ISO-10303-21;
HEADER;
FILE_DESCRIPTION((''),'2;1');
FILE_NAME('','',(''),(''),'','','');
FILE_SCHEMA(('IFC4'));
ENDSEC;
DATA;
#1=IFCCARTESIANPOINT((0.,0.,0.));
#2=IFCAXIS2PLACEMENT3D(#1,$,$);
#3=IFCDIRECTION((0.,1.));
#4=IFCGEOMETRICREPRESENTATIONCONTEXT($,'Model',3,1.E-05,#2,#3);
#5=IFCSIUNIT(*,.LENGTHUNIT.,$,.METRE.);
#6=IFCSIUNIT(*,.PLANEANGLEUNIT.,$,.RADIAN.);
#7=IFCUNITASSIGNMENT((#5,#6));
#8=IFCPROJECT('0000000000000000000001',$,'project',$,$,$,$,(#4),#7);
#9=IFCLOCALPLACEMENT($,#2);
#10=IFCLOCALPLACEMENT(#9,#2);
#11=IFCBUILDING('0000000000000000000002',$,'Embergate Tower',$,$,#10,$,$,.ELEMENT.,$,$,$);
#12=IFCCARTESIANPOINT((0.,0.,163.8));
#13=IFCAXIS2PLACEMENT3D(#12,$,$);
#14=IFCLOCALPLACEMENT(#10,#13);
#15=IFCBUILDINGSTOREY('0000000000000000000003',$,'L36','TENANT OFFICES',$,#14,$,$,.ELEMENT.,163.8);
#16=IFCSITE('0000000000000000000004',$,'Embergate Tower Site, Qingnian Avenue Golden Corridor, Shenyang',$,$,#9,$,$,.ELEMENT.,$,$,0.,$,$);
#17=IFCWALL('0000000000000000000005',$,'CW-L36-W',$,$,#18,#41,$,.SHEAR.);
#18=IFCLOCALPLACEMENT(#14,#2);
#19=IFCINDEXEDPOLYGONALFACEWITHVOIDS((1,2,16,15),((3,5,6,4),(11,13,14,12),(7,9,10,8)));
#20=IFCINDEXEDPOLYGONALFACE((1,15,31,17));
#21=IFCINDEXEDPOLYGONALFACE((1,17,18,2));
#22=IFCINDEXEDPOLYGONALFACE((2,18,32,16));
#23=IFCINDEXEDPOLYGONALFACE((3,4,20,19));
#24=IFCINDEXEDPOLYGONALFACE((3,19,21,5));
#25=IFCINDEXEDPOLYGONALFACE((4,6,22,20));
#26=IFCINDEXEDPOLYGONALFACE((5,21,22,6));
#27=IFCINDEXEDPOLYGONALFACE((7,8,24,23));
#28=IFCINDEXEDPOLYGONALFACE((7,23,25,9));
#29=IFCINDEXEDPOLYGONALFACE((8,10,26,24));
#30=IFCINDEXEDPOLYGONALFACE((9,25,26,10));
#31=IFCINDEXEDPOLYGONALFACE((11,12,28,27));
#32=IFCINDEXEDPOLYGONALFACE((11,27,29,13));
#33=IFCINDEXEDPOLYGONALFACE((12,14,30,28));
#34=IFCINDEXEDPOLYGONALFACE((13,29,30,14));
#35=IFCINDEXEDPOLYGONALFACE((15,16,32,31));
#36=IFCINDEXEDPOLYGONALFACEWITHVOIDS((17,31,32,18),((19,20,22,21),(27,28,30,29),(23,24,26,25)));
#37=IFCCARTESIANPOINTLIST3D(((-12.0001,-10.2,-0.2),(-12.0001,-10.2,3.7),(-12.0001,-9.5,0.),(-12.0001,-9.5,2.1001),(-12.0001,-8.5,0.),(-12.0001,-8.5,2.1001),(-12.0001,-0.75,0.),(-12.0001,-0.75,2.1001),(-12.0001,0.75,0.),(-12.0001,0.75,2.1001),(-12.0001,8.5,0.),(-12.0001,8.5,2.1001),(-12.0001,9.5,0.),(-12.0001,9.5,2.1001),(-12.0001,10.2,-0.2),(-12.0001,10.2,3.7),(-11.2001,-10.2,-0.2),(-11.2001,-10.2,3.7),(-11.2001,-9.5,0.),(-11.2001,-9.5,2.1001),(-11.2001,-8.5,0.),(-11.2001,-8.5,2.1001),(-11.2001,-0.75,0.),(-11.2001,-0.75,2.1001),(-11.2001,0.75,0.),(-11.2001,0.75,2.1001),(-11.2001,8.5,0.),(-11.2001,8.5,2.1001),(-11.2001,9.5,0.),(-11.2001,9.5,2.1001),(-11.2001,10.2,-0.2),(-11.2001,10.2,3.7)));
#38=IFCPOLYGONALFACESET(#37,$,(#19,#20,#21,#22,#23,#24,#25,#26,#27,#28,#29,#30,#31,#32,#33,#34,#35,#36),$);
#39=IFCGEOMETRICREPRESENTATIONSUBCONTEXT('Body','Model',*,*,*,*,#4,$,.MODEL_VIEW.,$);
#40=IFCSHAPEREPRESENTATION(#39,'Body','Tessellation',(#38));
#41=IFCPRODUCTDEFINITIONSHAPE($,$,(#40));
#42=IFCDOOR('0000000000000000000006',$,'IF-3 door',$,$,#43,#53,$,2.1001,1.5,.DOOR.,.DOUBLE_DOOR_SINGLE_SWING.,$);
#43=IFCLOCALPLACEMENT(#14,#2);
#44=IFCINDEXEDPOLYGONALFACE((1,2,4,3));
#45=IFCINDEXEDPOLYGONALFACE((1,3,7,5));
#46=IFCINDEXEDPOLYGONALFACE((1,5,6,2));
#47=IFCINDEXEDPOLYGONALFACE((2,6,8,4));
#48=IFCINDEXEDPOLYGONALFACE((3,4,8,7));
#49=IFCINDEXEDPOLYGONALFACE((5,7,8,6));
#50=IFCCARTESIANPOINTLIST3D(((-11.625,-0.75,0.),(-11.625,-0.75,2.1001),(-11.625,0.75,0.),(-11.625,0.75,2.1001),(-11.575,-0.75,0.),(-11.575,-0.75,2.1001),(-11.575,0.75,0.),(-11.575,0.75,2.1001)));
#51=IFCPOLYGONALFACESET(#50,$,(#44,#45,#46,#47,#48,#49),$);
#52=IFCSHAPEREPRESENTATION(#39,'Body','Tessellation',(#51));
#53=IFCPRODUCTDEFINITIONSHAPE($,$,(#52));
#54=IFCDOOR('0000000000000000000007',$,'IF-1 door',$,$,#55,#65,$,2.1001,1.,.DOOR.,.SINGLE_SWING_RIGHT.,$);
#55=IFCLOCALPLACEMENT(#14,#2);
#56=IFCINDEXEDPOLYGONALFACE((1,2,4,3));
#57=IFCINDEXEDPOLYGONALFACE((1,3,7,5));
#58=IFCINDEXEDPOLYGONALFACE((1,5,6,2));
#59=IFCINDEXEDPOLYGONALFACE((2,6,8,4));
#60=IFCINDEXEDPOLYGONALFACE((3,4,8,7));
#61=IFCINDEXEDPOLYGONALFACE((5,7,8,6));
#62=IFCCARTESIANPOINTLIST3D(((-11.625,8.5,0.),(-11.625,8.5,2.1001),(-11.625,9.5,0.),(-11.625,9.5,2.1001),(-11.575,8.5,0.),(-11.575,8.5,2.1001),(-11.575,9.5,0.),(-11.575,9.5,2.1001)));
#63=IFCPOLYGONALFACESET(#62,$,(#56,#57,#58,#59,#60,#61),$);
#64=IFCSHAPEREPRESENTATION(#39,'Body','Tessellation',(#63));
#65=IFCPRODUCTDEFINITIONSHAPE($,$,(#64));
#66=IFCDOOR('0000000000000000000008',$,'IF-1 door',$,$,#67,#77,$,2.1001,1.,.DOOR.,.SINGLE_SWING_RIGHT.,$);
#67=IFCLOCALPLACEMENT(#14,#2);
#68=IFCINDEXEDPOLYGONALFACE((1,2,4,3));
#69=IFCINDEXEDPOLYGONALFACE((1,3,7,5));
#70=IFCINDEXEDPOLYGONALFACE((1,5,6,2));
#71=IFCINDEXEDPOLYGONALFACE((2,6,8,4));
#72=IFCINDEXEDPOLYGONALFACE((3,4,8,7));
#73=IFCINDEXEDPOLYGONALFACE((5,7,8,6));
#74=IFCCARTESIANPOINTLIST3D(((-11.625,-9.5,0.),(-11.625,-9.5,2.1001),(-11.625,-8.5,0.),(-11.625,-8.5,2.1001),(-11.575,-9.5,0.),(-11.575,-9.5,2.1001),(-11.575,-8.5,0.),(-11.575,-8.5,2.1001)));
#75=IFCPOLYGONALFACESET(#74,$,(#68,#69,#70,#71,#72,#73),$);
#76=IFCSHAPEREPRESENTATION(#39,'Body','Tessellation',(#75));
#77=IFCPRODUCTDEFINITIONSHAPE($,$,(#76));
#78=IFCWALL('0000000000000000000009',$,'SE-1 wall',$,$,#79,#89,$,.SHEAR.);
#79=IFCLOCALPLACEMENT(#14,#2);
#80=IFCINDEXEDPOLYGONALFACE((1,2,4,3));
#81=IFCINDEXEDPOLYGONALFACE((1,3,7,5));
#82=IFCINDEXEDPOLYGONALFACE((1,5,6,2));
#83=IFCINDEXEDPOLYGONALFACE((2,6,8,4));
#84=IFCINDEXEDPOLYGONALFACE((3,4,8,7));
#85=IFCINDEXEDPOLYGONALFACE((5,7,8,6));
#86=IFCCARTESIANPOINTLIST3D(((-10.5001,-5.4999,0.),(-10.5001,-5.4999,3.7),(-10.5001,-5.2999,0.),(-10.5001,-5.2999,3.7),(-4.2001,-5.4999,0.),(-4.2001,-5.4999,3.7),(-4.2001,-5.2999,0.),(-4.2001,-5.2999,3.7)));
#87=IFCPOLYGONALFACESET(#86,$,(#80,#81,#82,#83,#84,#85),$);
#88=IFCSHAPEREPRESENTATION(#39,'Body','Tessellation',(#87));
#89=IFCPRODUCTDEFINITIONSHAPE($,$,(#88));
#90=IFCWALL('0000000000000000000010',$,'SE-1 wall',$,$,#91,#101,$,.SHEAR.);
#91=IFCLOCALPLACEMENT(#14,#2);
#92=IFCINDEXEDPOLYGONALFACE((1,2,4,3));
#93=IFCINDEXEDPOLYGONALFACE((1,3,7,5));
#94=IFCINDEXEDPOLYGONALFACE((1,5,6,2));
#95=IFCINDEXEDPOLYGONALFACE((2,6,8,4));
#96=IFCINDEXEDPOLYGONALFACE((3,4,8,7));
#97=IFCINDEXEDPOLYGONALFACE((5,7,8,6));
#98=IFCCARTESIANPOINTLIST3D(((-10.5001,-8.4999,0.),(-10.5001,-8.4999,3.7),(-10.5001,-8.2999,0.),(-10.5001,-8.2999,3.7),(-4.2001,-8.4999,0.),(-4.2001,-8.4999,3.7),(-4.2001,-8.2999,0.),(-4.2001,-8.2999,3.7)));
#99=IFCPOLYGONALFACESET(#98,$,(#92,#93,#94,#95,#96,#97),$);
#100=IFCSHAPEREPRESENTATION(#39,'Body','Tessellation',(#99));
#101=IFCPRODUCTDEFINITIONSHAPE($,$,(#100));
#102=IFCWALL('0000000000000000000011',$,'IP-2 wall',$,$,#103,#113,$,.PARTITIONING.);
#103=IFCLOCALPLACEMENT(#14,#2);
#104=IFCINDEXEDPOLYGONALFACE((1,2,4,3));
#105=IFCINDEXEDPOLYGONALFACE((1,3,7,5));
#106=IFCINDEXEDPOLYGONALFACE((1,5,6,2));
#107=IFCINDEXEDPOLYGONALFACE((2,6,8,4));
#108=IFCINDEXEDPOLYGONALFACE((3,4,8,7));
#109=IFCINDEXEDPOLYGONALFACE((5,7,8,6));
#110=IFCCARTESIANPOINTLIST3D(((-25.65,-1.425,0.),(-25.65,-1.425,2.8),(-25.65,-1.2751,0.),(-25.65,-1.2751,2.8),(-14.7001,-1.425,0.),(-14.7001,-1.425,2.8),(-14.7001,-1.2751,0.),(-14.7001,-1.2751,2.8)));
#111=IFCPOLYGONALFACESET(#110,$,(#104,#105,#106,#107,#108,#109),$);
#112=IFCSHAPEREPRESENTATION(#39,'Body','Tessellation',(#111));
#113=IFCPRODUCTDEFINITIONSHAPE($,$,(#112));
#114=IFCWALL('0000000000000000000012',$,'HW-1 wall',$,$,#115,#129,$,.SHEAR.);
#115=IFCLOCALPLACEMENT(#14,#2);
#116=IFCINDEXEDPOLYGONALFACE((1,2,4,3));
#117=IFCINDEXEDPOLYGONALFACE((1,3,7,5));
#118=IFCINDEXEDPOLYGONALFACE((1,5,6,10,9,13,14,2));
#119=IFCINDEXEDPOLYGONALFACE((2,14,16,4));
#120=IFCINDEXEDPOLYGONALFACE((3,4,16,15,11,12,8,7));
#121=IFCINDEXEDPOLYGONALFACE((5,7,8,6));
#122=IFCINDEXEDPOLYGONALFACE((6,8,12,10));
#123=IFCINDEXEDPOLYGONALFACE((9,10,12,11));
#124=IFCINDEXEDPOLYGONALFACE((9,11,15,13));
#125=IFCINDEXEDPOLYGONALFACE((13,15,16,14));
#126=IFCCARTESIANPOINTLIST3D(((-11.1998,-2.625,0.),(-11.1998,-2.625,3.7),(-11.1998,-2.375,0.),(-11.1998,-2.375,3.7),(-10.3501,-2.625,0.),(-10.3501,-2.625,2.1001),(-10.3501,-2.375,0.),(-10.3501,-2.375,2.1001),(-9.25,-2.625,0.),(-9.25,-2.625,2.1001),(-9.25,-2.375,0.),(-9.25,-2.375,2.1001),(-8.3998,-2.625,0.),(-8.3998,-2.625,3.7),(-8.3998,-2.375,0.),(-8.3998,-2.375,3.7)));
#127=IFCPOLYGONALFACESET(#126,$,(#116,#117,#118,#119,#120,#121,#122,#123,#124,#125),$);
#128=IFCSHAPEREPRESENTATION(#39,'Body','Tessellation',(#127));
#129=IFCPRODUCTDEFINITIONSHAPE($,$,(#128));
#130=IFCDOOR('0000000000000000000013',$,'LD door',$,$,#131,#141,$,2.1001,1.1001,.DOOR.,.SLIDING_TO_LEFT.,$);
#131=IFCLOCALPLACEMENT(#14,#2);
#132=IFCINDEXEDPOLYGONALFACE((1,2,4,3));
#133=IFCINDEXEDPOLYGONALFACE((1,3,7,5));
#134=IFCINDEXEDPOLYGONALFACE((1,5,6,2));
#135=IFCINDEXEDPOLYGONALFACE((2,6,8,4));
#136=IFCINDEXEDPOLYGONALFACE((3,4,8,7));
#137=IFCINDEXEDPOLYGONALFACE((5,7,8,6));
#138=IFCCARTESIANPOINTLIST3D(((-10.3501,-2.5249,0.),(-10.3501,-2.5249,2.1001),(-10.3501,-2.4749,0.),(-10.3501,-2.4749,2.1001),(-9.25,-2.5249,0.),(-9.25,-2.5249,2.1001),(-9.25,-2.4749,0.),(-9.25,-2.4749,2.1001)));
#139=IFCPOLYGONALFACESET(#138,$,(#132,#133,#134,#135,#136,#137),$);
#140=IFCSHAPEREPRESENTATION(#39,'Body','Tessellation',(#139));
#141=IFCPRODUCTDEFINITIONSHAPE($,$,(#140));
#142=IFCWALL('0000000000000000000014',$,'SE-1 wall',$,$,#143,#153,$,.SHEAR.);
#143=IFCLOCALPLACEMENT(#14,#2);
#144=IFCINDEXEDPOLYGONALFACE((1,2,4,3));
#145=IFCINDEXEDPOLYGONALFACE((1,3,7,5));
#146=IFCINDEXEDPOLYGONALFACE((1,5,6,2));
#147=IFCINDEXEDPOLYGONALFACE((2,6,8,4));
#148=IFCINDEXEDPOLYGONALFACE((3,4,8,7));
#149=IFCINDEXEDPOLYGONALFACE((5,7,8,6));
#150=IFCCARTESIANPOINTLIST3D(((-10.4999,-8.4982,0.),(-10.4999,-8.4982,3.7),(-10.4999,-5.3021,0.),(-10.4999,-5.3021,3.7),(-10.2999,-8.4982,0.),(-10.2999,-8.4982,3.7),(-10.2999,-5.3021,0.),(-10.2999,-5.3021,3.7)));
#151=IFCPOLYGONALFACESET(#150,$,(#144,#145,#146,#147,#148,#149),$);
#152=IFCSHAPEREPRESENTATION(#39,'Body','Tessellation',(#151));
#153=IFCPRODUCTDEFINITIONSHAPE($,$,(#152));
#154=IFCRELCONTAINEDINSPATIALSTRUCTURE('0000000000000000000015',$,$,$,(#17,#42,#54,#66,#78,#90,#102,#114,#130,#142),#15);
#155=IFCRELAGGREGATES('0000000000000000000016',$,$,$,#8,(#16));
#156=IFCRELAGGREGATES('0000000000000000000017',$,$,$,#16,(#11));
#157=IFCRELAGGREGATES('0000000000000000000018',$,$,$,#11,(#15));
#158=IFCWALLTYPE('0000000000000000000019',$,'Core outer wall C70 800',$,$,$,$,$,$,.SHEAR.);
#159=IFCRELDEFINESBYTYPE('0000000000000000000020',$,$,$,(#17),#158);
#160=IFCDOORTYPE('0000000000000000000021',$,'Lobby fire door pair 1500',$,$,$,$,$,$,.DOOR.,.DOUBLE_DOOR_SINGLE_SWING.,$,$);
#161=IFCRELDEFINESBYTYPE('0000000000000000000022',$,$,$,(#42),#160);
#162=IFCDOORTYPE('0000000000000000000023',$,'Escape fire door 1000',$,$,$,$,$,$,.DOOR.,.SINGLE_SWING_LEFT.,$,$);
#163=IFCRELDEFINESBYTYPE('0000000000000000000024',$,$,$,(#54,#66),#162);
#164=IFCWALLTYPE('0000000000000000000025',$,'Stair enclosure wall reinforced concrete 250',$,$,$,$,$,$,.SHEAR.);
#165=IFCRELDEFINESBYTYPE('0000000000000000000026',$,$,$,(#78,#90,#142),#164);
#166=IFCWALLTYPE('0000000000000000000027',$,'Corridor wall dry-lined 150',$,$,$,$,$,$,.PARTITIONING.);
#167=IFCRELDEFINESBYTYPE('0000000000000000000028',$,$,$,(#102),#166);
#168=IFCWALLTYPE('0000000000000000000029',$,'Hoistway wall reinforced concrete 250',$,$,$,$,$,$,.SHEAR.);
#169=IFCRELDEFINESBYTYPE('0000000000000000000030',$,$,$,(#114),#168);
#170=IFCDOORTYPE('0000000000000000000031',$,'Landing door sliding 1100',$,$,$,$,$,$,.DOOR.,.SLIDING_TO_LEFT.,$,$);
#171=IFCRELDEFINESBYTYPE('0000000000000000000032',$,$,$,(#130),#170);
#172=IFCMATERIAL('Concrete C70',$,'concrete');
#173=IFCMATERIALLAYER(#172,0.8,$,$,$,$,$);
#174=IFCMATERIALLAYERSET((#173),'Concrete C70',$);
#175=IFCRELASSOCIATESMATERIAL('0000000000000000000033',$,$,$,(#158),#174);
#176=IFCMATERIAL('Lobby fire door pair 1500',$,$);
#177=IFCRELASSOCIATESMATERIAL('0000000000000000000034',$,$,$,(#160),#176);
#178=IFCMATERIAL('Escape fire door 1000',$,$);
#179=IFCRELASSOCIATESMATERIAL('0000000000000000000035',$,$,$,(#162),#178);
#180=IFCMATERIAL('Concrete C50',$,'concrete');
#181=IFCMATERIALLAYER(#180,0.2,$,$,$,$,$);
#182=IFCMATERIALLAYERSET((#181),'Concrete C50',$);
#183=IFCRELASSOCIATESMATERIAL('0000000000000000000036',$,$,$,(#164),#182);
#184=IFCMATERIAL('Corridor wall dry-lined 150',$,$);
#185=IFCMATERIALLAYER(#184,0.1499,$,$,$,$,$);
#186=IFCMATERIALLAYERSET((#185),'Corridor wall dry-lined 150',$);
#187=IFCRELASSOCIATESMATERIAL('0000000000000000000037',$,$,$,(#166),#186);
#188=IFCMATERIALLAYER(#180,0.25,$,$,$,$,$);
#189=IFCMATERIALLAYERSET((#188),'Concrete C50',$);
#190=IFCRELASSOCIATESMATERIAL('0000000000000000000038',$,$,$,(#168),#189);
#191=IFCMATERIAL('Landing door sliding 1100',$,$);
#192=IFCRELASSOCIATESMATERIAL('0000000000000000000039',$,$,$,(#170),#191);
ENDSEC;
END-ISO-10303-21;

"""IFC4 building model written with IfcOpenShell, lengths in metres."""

from ifc_helpers import new_model, si_unit, direction, frame, frame_2d, origin, place, context, subcontext, project, spatial, rectangle, extrude, source, transform, mapped, material, layer, layer_set, type_object, element, fill, save


model = new_model("IFC4")

# Units and contexts
model_context = context("Model", 3, precision=1e-05, world=origin(), true_north=direction((0.0, 1.0)))
body_context = subcontext(model_context, "Body", "Model", "MODEL_VIEW")
ifc_project = project(units=[si_unit("LENGTHUNIT", "METRE"), si_unit("PLANEANGLEUNIT", "RADIAN")], contexts=[model_context])

# Site, building, storey
site_placement = place(None, origin())
site = spatial("IfcSite", under=ifc_project, at=site_placement, Name="Embergate Tower Site, Qingnian Avenue Golden Corridor, Shenyang", CompositionType="ELEMENT", RefElevation=0.0)
building_placement = place(site_placement, origin())
building = spatial("IfcBuilding", under=site, at=building_placement, Name="Embergate Tower", CompositionType="ELEMENT")
storey_placement = place(building_placement, frame((0.0, 0.0, 163.8)))
storey = spatial("IfcBuildingStorey", under=building, at=storey_placement, Name="L36", Description="TENANT OFFICES", CompositionType="ELEMENT", Elevation=163.8)

# Wall, openings, doors
ifc_material_1 = material(Name="Concrete C70", Category="concrete")
ifc_layer_1 = layer(ifc_material_1, 0.8)
ifc_layer_set_1 = layer_set([ifc_layer_1], Name="Concrete C70")
wall_type_1 = type_object("IfcWallType", Name="Core outer wall C70 800", PredefinedType="SHEAR", material=ifc_layer_set_1)
shared_shape_1 = source(origin(), body_context, "Body", "SweptSolid", [
    extrude(rectangle(XDim=20.3999, YDim=0.8, at=frame_2d((10.2, 0.0))), origin(), (0.0, 0.0, 1.0), 3.8999),
])
wall_1_placement = place(storey_placement, frame((-11.6001, -10.2, -0.2), z_axis=(0.0, 0.0, 1.0), x_axis=(0.0, 1.0, 0.0)))
wall_1 = element("IfcWall", 1, at=wall_1_placement, inside=storey, type_object=wall_type_1, Name="CW-L36-W", PredefinedType="SHEAR", context=body_context, shape_type="MappedRepresentation", body=[
    mapped(shared_shape_1, transform((0.0, 0.0, 0.0))),
])
shared_shape_2 = source(origin(), body_context, "Body", "SweptSolid", [
    extrude(rectangle(XDim=1.0, YDim=2.1001, at=frame_2d((0.5, 1.05))), frame((0.0, 0.4099, 0.0), z_axis=(0.0, -1.0, 0.0), x_axis=(1.0, 0.0, 0.0)), (0.0, 0.0, 1.0), 0.8201),
])
opening_1_placement = place(wall_1_placement, frame((18.7, 0.0, 0.2)))
opening_1 = element("IfcOpeningElement", 2, at=opening_1_placement, cuts=wall_1, PredefinedType="OPENING", context=body_context, shape_type="MappedRepresentation", body=[
    mapped(shared_shape_2, transform((0.0, 0.0, 0.0))),
])
opening_2_placement = place(wall_1_placement, frame((0.7, 0.0, 0.2)))
opening_2 = element("IfcOpeningElement", 3, at=opening_2_placement, cuts=wall_1, PredefinedType="OPENING", context=body_context, shape_type="MappedRepresentation", body=[
    mapped(shared_shape_2, transform((0.0, 0.0, 0.0))),
])
shared_shape_3 = source(origin(), body_context, "Body", "SweptSolid", [
    extrude(rectangle(XDim=1.5, YDim=2.1001, at=frame_2d((0.75, 1.05))), frame((0.0, 0.4099, 0.0), z_axis=(0.0, -1.0, 0.0), x_axis=(1.0, 0.0, 0.0)), (0.0, 0.0, 1.0), 0.8201),
])
opening_3_placement = place(wall_1_placement, frame((9.45, 0.0, 0.2)))
opening_3 = element("IfcOpeningElement", 4, at=opening_3_placement, cuts=wall_1, PredefinedType="OPENING", context=body_context, shape_type="MappedRepresentation", body=[
    mapped(shared_shape_3, transform((0.0, 0.0, 0.0))),
])
ifc_material_2 = material(Name="Lobby fire door pair 1500")
door_type_1 = type_object("IfcDoorType", Name="Lobby fire door pair 1500", OperationType="DOUBLE_DOOR_SINGLE_SWING", PredefinedType="DOOR", material=ifc_material_2)
shared_shape_4 = source(origin(), body_context, "Body", "SweptSolid", [
    extrude(rectangle(XDim=1.5, YDim=2.1001, at=frame_2d((0.75, 1.05))), frame((0.0, 0.0249, 0.0), z_axis=(0.0, -1.0, 0.0), x_axis=(1.0, 0.0, 0.0)), (0.0, 0.0, 1.0), 0.05),
])
door_1_placement = place(opening_3_placement, origin())
door_1 = element("IfcDoor", 5, at=door_1_placement, inside=storey, type_object=door_type_1, Name="IF-3 door", OperationType="DOUBLE_DOOR_SINGLE_SWING", OverallHeight=2.1001, OverallWidth=1.5, PredefinedType="DOOR", context=body_context, shape_type="MappedRepresentation", body=[
    mapped(shared_shape_4, transform((0.0, 0.0, 0.0))),
])
fill(opening_3, door_1)
ifc_material_3 = material(Name="Escape fire door 1000")
door_type_2 = type_object("IfcDoorType", Name="Escape fire door 1000", OperationType="SINGLE_SWING_LEFT", PredefinedType="DOOR", material=ifc_material_3)
shared_shape_5 = source(origin(), body_context, "Body", "SweptSolid", [
    extrude(rectangle(XDim=1.0, YDim=2.1001, at=frame_2d((0.5, 1.05))), frame((0.0, 0.0249, 0.0), z_axis=(0.0, -1.0, 0.0), x_axis=(1.0, 0.0, 0.0)), (0.0, 0.0, 1.0), 0.05),
])
door_2_placement = place(opening_1_placement, origin())
door_2 = element("IfcDoor", 6, at=door_2_placement, inside=storey, type_object=door_type_2, Name="IF-1 door", OperationType="SINGLE_SWING_RIGHT", OverallHeight=2.1001, OverallWidth=1.0, PredefinedType="DOOR", context=body_context, shape_type="MappedRepresentation", body=[
    mapped(shared_shape_5, transform((0.0, 0.0, 0.0))),
])
fill(opening_1, door_2)
door_3_placement = place(opening_2_placement, origin())
door_3 = element("IfcDoor", 7, at=door_3_placement, inside=storey, type_object=door_type_2, Name="IF-1 door", OperationType="SINGLE_SWING_RIGHT", OverallHeight=2.1001, OverallWidth=1.0, PredefinedType="DOOR", context=body_context, shape_type="MappedRepresentation", body=[
    mapped(shared_shape_5, transform((0.0, 0.0, 0.0))),
])
fill(opening_2, door_3)

# Walls
ifc_material_4 = material(Name="Concrete C50", Category="concrete")
ifc_layer_2 = layer(ifc_material_4, 0.2)
ifc_layer_set_2 = layer_set([ifc_layer_2], Name="Concrete C50")
wall_type_2 = type_object("IfcWallType", Name="Stair enclosure wall reinforced concrete 250", PredefinedType="SHEAR", material=ifc_layer_set_2)
shared_shape_6 = source(origin(), body_context, "Body", "SweptSolid", [
    extrude(rectangle(XDim=6.3, YDim=0.2, at=frame_2d((3.1499, 0.0))), origin(), (0.0, 0.0, 1.0), 3.7),
])
for number, where, z_axis, x_axis, name in (
    (8, (-10.5, -5.3999, 0.0), (0.0, 0.0, 1.0), (1.0, 0.0, 0.0), "SE-1 wall"),
    (9, (-10.5, -8.3999, 0.0), (0.0, 0.0, 1.0), (1.0, 0.0, 0.0), "SE-1 wall"),
):
    element("IfcWall", number, at=place(storey_placement, frame(where, z_axis=z_axis, x_axis=x_axis)), inside=storey, type_object=wall_type_2, Name=name, PredefinedType="SHEAR", context=body_context, shape_type="MappedRepresentation", body=[
        mapped(shared_shape_6, transform((0.0, 0.0, 0.0))),
    ])
ifc_material_5 = material(Name="Corridor wall dry-lined 150")
ifc_layer_3 = layer(ifc_material_5, 0.1499)
ifc_layer_set_3 = layer_set([ifc_layer_3], Name="Corridor wall dry-lined 150")
wall_type_3 = type_object("IfcWallType", Name="Corridor wall dry-lined 150", PredefinedType="PARTITIONING", material=ifc_layer_set_3)
shared_shape_7 = source(origin(), body_context, "Body", "SweptSolid", [
    extrude(rectangle(XDim=10.95, YDim=0.1499, at=frame_2d((5.4751, 0.0))), origin(), (0.0, 0.0, 1.0), 2.8),
])
wall_2_placement = place(storey_placement, frame((-14.7, -1.3501, 0.0), z_axis=(0.0, 0.0, 1.0), x_axis=(-1.0, 0.0, 0.0)))
element("IfcWall", 10, at=wall_2_placement, inside=storey, type_object=wall_type_3, Name="IP-2 wall", PredefinedType="PARTITIONING", context=body_context, shape_type="MappedRepresentation", body=[
    mapped(shared_shape_7, transform((0.0, 0.0, 0.0))),
])

# Wall, opening, door
ifc_layer_4 = layer(ifc_material_4, 0.25)
ifc_layer_set_4 = layer_set([ifc_layer_4], Name="Concrete C50")
wall_type_4 = type_object("IfcWallType", Name="Hoistway wall reinforced concrete 250", PredefinedType="SHEAR", material=ifc_layer_set_4)
shared_shape_8 = source(origin(), body_context, "Body", "SweptSolid", [
    extrude(rectangle(XDim=2.8, YDim=0.25, at=frame_2d((1.3999, 0.0))), origin(), (0.0, 0.0, 1.0), 3.7),
])
wall_3_placement = place(storey_placement, frame((-8.3999, -2.5, 0.0), z_axis=(0.0, 0.0, 1.0), x_axis=(-1.0, 0.0, 0.0)))
wall_3 = element("IfcWall", 11, at=wall_3_placement, inside=storey, type_object=wall_type_4, Name="HW-1 wall", PredefinedType="SHEAR", context=body_context, shape_type="MappedRepresentation", body=[
    mapped(shared_shape_8, transform((0.0, 0.0, 0.0))),
])
shared_shape_9 = source(origin(), body_context, "Body", "SweptSolid", [
    extrude(rectangle(XDim=1.1001, YDim=2.1001, at=frame_2d((0.55, 1.05))), frame((0.0, 0.135, 0.0), z_axis=(0.0, -1.0, 0.0), x_axis=(1.0, 0.0, 0.0)), (0.0, 0.0, 1.0), 0.27),
])
opening_4_placement = place(wall_3_placement, frame((0.8501, 0.0, 0.0)))
opening_4 = element("IfcOpeningElement", 12, at=opening_4_placement, cuts=wall_3, PredefinedType="OPENING", context=body_context, shape_type="MappedRepresentation", body=[
    mapped(shared_shape_9, transform((0.0, 0.0, 0.0))),
])
ifc_material_6 = material(Name="Landing door sliding 1100")
door_type_3 = type_object("IfcDoorType", Name="Landing door sliding 1100", OperationType="SLIDING_TO_LEFT", PredefinedType="DOOR", material=ifc_material_6)
shared_shape_10 = source(origin(), body_context, "Body", "SweptSolid", [
    extrude(rectangle(XDim=1.1001, YDim=2.1001, at=frame_2d((0.55, 1.05))), frame((0.0, 0.0249, 0.0), z_axis=(0.0, -1.0, 0.0), x_axis=(1.0, 0.0, 0.0)), (0.0, 0.0, 1.0), 0.05),
])
door_4_placement = place(opening_4_placement, origin())
door_4 = element("IfcDoor", 13, at=door_4_placement, inside=storey, type_object=door_type_3, Name="LD door", OperationType="SLIDING_TO_LEFT", OverallHeight=2.1001, OverallWidth=1.1001, PredefinedType="DOOR", context=body_context, shape_type="MappedRepresentation", body=[
    mapped(shared_shape_10, transform((0.0, 0.0, 0.0))),
])
fill(opening_4, door_4)

# Wall
shared_shape_11 = source(origin(), body_context, "Body", "SweptSolid", [
    extrude(rectangle(XDim=3.196, YDim=0.2, at=frame_2d((1.5981, 0.0))), origin(), (0.0, 0.0, 1.0), 3.7),
])
wall_4_placement = place(storey_placement, frame((-10.3999, -5.302, 0.0), z_axis=(0.0, 0.0, 1.0), x_axis=(0.0, -1.0, 0.0)))
element("IfcWall", 14, at=wall_4_placement, inside=storey, type_object=wall_type_2, Name="SE-1 wall", PredefinedType="SHEAR", context=body_context, shape_type="MappedRepresentation", body=[
    mapped(shared_shape_11, transform((0.0, 0.0, 0.0))),
])

save(model, "model.ifc")
